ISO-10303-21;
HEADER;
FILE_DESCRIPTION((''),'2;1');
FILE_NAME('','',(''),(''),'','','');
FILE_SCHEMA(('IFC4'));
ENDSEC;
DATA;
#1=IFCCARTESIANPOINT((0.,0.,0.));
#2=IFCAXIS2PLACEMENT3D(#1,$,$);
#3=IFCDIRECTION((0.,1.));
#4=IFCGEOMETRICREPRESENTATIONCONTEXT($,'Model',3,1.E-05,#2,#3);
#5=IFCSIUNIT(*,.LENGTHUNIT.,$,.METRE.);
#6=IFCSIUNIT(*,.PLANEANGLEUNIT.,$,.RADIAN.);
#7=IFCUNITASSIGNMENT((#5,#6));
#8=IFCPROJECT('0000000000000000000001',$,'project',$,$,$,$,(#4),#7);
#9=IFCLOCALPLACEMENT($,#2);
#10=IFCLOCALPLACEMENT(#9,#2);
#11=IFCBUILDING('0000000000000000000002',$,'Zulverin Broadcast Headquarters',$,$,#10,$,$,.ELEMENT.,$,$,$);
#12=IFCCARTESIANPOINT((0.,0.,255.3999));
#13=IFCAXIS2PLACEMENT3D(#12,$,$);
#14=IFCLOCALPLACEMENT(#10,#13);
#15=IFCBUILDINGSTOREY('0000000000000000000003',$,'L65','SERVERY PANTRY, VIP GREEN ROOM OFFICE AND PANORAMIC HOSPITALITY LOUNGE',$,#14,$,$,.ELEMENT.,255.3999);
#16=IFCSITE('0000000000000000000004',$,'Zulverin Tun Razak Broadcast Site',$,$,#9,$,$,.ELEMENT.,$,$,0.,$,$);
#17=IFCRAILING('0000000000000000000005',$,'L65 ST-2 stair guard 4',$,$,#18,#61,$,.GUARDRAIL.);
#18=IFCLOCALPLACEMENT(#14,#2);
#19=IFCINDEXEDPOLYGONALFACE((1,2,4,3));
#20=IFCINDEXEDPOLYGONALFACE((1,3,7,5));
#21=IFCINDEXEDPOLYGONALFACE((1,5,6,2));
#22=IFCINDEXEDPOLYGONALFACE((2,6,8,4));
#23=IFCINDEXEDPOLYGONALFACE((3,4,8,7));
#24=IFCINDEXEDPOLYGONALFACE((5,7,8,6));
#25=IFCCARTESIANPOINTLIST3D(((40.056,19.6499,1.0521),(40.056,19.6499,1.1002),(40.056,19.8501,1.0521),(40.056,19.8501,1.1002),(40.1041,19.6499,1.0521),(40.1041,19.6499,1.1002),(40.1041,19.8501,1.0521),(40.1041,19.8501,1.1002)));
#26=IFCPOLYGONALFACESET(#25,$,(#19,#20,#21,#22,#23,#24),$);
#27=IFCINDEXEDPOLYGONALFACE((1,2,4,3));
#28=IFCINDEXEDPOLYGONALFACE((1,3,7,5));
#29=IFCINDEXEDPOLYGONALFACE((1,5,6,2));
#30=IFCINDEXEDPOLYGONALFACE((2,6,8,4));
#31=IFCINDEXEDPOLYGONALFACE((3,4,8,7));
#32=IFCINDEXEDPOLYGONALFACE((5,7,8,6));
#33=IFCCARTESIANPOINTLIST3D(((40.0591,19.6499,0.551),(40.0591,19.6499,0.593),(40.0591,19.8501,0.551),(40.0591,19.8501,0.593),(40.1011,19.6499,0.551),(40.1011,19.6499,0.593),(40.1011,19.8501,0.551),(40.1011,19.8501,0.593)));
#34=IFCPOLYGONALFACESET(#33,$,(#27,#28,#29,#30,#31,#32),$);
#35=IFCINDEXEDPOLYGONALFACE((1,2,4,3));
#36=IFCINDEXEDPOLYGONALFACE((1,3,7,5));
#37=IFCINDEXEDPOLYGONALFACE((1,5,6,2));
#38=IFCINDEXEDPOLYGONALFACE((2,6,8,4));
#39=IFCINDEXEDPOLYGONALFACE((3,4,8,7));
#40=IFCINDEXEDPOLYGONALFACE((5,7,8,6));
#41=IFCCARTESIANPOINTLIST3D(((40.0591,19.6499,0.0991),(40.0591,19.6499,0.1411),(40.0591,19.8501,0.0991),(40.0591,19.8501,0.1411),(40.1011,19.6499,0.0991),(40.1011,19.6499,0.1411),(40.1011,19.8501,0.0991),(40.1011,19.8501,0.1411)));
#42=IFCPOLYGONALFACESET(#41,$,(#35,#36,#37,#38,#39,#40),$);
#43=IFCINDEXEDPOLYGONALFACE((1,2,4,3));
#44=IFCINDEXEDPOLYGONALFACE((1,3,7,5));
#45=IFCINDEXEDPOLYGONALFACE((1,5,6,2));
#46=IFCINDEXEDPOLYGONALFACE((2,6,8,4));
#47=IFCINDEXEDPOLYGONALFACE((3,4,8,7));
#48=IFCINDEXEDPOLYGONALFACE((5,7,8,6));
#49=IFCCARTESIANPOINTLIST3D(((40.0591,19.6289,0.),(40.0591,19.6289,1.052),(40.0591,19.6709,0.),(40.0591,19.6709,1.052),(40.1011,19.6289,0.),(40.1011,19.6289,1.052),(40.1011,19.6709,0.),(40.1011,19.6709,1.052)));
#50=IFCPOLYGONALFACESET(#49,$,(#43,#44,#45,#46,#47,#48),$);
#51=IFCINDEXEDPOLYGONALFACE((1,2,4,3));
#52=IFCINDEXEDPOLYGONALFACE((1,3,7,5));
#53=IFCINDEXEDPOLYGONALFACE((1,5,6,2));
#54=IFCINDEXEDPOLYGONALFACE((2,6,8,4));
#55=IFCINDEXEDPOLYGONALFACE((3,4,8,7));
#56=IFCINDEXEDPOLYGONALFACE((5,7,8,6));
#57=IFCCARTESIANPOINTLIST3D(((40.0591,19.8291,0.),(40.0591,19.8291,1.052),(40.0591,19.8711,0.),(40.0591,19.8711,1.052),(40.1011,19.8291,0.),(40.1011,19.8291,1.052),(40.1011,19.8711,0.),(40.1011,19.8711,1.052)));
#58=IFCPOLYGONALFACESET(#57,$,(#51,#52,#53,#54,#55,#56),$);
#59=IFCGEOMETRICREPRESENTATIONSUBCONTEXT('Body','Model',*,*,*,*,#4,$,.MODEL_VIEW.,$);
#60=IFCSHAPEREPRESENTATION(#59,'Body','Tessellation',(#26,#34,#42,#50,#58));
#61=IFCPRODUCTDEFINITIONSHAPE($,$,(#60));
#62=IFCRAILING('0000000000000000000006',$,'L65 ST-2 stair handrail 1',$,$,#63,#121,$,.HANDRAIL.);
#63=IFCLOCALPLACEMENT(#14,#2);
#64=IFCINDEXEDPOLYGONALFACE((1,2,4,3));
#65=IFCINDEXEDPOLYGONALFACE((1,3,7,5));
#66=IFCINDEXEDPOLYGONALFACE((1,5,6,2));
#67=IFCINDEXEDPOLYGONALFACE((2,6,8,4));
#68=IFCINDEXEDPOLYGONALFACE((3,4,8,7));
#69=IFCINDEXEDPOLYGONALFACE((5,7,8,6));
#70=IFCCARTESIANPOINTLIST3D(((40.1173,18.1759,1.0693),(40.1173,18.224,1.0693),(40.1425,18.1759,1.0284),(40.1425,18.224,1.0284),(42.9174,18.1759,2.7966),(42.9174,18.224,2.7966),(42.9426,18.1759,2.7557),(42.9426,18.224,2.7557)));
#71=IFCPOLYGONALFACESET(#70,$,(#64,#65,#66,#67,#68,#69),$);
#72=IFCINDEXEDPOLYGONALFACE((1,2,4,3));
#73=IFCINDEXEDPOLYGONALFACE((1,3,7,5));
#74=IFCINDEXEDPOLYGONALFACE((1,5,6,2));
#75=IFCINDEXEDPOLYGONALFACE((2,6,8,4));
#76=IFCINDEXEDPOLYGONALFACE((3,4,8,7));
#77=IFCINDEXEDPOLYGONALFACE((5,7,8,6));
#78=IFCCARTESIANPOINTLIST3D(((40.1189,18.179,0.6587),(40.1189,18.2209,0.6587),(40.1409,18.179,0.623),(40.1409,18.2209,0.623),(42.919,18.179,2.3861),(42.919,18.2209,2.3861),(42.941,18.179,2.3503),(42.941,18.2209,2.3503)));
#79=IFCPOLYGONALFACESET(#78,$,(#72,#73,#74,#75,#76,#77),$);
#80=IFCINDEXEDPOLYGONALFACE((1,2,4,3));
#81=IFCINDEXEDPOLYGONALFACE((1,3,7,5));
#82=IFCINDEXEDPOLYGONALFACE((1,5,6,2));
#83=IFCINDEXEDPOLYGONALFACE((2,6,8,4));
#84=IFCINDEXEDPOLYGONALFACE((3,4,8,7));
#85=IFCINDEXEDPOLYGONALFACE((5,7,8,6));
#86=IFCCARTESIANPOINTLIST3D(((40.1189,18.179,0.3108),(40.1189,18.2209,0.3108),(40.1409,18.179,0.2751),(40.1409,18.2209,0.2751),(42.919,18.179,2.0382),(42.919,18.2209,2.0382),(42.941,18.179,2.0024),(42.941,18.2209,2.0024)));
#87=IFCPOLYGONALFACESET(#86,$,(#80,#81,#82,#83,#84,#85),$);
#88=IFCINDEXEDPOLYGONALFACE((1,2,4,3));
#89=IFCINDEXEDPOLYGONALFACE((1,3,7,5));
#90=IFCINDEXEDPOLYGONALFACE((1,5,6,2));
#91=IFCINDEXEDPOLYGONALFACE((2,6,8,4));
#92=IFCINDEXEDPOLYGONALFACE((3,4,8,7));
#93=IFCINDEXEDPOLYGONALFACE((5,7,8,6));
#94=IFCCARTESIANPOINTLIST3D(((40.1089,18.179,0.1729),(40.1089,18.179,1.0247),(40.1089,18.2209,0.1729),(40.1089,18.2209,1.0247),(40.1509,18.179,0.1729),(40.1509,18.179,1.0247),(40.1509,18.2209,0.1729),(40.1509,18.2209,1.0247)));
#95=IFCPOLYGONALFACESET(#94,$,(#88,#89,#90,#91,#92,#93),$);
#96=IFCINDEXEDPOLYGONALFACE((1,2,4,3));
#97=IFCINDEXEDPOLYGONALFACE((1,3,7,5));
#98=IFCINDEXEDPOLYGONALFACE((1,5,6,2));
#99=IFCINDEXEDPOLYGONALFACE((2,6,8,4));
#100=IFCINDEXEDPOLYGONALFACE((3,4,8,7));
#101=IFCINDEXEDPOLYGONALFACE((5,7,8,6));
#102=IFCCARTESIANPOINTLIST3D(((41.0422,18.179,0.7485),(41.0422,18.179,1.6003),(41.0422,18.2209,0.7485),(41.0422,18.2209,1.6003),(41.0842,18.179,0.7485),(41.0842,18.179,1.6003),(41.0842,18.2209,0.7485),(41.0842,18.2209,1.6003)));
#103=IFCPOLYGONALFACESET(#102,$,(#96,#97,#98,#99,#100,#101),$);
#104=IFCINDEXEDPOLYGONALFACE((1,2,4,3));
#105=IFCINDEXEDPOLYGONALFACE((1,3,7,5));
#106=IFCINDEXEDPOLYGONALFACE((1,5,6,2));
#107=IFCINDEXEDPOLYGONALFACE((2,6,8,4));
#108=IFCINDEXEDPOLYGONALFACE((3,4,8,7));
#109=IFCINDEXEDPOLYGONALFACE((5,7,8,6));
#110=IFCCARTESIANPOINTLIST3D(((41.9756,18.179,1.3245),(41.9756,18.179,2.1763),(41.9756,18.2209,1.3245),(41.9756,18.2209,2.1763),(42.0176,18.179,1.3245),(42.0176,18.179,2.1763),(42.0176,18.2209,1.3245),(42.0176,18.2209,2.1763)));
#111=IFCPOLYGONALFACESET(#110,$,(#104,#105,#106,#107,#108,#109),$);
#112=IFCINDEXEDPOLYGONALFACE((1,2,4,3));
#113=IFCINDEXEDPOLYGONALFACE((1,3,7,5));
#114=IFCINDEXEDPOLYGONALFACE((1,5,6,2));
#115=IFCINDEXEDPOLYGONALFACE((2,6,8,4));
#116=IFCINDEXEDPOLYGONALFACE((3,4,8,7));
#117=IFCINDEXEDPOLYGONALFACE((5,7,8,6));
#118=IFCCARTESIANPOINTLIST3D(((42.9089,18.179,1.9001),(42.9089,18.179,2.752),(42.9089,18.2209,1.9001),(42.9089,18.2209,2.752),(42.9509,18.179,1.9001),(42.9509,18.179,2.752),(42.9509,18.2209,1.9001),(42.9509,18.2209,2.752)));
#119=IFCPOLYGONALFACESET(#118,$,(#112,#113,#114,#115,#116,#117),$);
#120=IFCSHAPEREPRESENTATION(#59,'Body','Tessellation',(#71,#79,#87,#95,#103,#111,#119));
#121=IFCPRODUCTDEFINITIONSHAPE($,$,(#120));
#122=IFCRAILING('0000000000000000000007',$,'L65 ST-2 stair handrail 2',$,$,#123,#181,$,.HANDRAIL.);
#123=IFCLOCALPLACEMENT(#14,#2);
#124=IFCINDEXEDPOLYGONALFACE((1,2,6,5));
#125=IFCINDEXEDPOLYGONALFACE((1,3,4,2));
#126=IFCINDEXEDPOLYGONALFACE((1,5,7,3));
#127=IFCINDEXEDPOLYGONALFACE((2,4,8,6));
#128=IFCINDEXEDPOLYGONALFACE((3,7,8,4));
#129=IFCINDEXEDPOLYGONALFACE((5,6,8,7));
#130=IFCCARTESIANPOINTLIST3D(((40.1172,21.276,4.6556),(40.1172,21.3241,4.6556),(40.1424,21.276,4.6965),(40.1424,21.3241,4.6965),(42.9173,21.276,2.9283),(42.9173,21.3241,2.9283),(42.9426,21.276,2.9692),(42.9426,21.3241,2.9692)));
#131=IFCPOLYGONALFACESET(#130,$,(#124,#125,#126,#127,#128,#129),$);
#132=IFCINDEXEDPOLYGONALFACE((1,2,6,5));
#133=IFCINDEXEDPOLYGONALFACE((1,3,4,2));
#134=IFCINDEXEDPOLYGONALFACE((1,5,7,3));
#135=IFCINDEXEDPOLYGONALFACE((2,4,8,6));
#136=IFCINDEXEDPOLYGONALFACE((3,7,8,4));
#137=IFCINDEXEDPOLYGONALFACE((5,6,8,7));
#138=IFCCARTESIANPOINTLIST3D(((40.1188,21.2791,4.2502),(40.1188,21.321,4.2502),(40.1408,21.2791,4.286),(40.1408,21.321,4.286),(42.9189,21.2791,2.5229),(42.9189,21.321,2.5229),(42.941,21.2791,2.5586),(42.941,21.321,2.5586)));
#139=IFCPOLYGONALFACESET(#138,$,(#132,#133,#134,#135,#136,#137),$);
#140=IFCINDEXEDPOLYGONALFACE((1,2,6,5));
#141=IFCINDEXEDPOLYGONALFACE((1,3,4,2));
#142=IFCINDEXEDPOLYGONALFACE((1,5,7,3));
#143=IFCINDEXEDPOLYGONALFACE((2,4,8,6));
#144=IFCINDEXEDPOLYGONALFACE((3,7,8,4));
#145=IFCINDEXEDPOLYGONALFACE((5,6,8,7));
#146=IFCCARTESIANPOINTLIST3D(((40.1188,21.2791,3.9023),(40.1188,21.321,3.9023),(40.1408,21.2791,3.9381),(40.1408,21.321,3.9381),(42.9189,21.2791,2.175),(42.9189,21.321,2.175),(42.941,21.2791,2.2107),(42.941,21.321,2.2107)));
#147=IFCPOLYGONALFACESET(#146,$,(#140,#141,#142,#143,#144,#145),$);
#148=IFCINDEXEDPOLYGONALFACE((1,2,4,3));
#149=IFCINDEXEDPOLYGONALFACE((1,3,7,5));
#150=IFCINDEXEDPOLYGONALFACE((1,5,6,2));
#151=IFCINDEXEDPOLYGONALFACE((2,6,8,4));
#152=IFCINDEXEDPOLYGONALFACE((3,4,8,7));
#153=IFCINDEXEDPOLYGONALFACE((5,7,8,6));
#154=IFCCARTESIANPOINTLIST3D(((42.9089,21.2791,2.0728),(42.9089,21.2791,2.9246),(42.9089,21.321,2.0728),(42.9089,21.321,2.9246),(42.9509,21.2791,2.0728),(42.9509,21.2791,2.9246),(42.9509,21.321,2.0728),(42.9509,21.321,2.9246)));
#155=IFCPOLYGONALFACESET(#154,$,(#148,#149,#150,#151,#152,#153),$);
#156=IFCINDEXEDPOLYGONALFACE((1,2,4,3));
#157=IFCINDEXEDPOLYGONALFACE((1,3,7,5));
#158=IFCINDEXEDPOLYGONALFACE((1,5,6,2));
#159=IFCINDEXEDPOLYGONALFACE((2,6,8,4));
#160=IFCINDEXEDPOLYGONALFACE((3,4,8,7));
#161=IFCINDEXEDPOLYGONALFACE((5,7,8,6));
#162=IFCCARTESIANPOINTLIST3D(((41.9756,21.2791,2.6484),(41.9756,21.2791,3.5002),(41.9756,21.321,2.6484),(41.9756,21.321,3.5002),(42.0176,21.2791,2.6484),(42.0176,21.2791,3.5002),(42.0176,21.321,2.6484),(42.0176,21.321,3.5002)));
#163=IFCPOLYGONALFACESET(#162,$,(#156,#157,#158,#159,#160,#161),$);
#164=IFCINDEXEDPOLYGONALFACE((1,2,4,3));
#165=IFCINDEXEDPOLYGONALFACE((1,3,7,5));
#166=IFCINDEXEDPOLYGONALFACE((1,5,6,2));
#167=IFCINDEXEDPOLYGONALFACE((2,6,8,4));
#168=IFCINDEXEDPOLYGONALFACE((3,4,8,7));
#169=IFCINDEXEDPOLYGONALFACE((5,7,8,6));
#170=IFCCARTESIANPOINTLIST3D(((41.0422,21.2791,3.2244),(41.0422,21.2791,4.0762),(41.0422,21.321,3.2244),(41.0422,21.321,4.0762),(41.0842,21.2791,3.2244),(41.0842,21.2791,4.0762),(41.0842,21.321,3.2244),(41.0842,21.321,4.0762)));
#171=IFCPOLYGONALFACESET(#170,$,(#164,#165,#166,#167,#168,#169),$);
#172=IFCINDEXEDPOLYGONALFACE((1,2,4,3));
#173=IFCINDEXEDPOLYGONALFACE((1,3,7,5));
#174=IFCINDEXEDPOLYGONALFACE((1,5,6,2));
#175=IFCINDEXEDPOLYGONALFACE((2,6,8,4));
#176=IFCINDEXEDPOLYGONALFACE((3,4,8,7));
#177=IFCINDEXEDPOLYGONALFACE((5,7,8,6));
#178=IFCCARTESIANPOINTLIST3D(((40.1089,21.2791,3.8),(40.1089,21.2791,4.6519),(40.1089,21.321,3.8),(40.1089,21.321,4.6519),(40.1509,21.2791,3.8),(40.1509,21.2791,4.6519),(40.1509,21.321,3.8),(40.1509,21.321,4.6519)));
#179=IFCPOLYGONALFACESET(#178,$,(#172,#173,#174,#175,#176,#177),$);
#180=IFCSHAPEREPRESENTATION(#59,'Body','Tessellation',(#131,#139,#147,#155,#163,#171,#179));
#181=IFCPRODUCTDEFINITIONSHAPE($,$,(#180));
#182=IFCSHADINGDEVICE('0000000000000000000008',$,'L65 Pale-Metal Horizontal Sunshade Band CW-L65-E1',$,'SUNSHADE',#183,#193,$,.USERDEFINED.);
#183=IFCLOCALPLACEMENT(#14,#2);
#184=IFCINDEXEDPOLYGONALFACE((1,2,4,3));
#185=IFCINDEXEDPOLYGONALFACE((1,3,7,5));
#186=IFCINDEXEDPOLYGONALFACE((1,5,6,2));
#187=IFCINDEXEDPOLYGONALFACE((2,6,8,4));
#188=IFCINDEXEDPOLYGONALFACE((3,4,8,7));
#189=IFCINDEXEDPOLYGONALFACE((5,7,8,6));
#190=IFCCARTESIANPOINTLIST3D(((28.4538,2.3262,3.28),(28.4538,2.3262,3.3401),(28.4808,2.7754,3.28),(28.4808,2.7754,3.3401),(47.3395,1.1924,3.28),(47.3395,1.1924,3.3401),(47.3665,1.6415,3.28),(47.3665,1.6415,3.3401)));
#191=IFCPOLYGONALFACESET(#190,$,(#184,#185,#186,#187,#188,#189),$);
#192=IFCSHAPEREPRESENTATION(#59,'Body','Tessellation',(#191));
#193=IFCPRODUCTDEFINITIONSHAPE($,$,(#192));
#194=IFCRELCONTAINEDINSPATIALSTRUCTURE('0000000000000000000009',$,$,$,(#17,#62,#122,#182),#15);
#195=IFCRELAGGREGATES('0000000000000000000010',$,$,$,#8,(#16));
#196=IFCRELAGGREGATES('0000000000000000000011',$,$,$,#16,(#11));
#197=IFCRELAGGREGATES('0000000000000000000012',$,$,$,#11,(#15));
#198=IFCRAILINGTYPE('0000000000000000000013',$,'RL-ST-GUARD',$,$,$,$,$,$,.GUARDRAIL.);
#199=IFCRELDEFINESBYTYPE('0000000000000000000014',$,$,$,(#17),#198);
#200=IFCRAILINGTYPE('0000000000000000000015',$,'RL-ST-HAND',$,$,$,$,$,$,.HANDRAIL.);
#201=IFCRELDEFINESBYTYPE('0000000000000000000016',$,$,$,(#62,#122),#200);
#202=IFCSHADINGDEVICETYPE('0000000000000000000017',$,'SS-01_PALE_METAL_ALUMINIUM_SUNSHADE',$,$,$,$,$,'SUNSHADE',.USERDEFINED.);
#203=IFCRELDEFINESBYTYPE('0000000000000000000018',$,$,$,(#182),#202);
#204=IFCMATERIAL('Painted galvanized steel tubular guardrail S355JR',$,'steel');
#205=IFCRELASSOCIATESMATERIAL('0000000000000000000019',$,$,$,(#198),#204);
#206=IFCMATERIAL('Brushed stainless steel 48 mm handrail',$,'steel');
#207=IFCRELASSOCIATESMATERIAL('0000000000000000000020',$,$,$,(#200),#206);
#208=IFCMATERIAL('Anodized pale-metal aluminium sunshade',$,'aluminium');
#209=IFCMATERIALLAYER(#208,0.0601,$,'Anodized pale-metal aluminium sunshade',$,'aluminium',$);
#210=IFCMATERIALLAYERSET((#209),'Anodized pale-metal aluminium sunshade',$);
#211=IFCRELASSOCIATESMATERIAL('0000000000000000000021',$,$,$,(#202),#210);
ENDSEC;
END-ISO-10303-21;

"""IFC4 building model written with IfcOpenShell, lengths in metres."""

from ifc_helpers import new_model, si_unit, direction, frame, origin, origin_2d, place, context, subcontext, project, spatial, rectangle, extrude, material, layer, layer_set, type_object, element, save


model = new_model("IFC4")

# Units and contexts
model_context = context("Model", 3, precision=1e-05, world=origin(), true_north=direction((0.0, 1.0)))
body_context = subcontext(model_context, "Body", "Model", "MODEL_VIEW")
ifc_project = project(units=[si_unit("LENGTHUNIT", "METRE"), si_unit("PLANEANGLEUNIT", "RADIAN")], contexts=[model_context])

# Site, building, storey
site_placement = place(None, origin())
site = spatial("IfcSite", under=ifc_project, at=site_placement, Name="Zulverin Tun Razak Broadcast Site", CompositionType="ELEMENT", RefElevation=0.0)
building_placement = place(site_placement, origin())
building = spatial("IfcBuilding", under=site, at=building_placement, Name="Zulverin Broadcast Headquarters", CompositionType="ELEMENT")
storey_placement = place(building_placement, frame((0.0, 0.0, 255.3999)))
storey = spatial("IfcBuildingStorey", under=building, at=storey_placement, Name="L65", Description="SERVERY PANTRY, VIP GREEN ROOM OFFICE AND PANORAMIC HOSPITALITY LOUNGE", CompositionType="ELEMENT", Elevation=255.3999)

# Railings
ifc_material_1 = material(Name="Painted galvanized steel tubular guardrail S355JR", Category="steel")
railing_type_1 = type_object("IfcRailingType", Name="RL-ST-GUARD", PredefinedType="GUARDRAIL", material=ifc_material_1)
railing_1_placement = place(storey_placement, frame((40.0801, 19.6499, 0.0)))
element("IfcRailing", 1, at=railing_1_placement, inside=storey, type_object=railing_type_1, Name="L65 ST-2 stair guard 4", PredefinedType="GUARDRAIL", context=body_context, shape_type="SweptSolid", body=[
    extrude(rectangle(XDim=0.0481, YDim=0.0481, at=origin_2d()), frame((0.0, 0.0, 1.0762), z_axis=(0.0, 1.0, 0.0), x_axis=(-1.0, 0.0, 0.0)), (0.0, 0.0, 1.0), 0.2002),
    extrude(rectangle(XDim=0.042, YDim=0.042, at=origin_2d()), frame((0.0, 0.0, 0.572), z_axis=(0.0, 1.0, 0.0), x_axis=(-1.0, 0.0, 0.0)), (0.0, 0.0, 1.0), 0.2002),
    extrude(rectangle(XDim=0.042, YDim=0.042, at=origin_2d()), frame((0.0, 0.0, 0.1201), z_axis=(0.0, 1.0, 0.0), x_axis=(-1.0, 0.0, 0.0)), (0.0, 0.0, 1.0), 0.2002),
    extrude(rectangle(XDim=0.042, YDim=0.042, at=origin_2d()), origin(), (0.0, 0.0, 1.0), 1.052),
    extrude(rectangle(XDim=0.042, YDim=0.042, at=origin_2d()), frame((0.0, 0.2002, 0.0)), (0.0, 0.0, 1.0), 1.052),
])
ifc_material_2 = material(Name="Brushed stainless steel 48 mm handrail", Category="steel")
railing_type_2 = type_object("IfcRailingType", Name="RL-ST-HAND", PredefinedType="HANDRAIL", material=ifc_material_2)
railing_2_placement = place(storey_placement, frame((40.1299, 18.2, 0.1729)))
element("IfcRailing", 2, at=railing_2_placement, inside=storey, type_object=railing_type_2, Name="L65 ST-2 stair handrail 1", PredefinedType="HANDRAIL", context=body_context, shape_type="SweptSolid", body=[
    extrude(rectangle(XDim=0.0481, YDim=0.0481, at=origin_2d()), frame((0.0, 0.0, 0.876), z_axis=(0.85109, 0.0, 0.52502), x_axis=(0.0, 1.0, 0.0)), (0.0, 0.0, 1.0), 3.29),
    extrude(rectangle(XDim=0.042, YDim=0.042, at=origin_2d()), frame((0.0, 0.0, 0.468), z_axis=(0.85109, 0.0, 0.52502), x_axis=(0.0, 1.0, 0.0)), (0.0, 0.0, 1.0), 3.29),
    extrude(rectangle(XDim=0.042, YDim=0.042, at=origin_2d()), frame((0.0, 0.0, 0.1201), z_axis=(0.85109, 0.0, 0.52502), x_axis=(0.0, 1.0, 0.0)), (0.0, 0.0, 1.0), 3.29),
    extrude(rectangle(XDim=0.042, YDim=0.042, at=origin_2d()), origin(), (0.0, 0.0, 1.0), 0.8518),
    extrude(rectangle(XDim=0.042, YDim=0.042, at=origin_2d()), frame((0.9333, 0.0, 0.5757)), (0.0, 0.0, 1.0), 0.8518),
    extrude(rectangle(XDim=0.042, YDim=0.042, at=origin_2d()), frame((1.8667, 0.0, 1.1516)), (0.0, 0.0, 1.0), 0.8518),
    extrude(rectangle(XDim=0.042, YDim=0.042, at=origin_2d()), frame((2.8, 0.0, 1.7273)), (0.0, 0.0, 1.0), 0.8518),
])
railing_3_placement = place(storey_placement, frame((42.9299, 21.3, 2.0728)))
element("IfcRailing", 3, at=railing_3_placement, inside=storey, type_object=railing_type_2, Name="L65 ST-2 stair handrail 2", PredefinedType="HANDRAIL", context=body_context, shape_type="SweptSolid", body=[
    extrude(rectangle(XDim=0.0481, YDim=0.0481, at=origin_2d()), frame((0.0, 0.0, 0.876), z_axis=(-0.85109, 0.0, 0.52502), x_axis=(0.0, -1.0, 0.0)), (0.0, 0.0, 1.0), 3.29),
    extrude(rectangle(XDim=0.042, YDim=0.042, at=origin_2d()), frame((0.0, 0.0, 0.468), z_axis=(-0.85109, 0.0, 0.52502), x_axis=(0.0, -1.0, 0.0)), (0.0, 0.0, 1.0), 3.29),
    extrude(rectangle(XDim=0.042, YDim=0.042, at=origin_2d()), frame((0.0, 0.0, 0.1201), z_axis=(-0.85109, 0.0, 0.52502), x_axis=(0.0, -1.0, 0.0)), (0.0, 0.0, 1.0), 3.29),
    extrude(rectangle(XDim=0.042, YDim=0.042, at=origin_2d()), origin(), (0.0, 0.0, 1.0), 0.8518),
    extrude(rectangle(XDim=0.042, YDim=0.042, at=origin_2d()), frame((-0.9333, 0.0, 0.5757)), (0.0, 0.0, 1.0), 0.8518),
    extrude(rectangle(XDim=0.042, YDim=0.042, at=origin_2d()), frame((-1.8667, 0.0, 1.1516)), (0.0, 0.0, 1.0), 0.8518),
    extrude(rectangle(XDim=0.042, YDim=0.042, at=origin_2d()), frame((-2.8, 0.0, 1.7273)), (0.0, 0.0, 1.0), 0.8518),
])

# Shading device
ifc_material_3 = material(Name="Anodized pale-metal aluminium sunshade", Category="aluminium")
ifc_layer_1 = layer(ifc_material_3, 0.0601, Name="Anodized pale-metal aluminium sunshade", Category="aluminium")
ifc_layer_set_1 = layer_set([ifc_layer_1], Name="Anodized pale-metal aluminium sunshade")
shading_device_type = type_object("IfcShadingDeviceType", Name="SS-01_PALE_METAL_ALUMINIUM_SUNSHADE", ElementType="SUNSHADE", PredefinedType="USERDEFINED", material=ifc_layer_set_1)
shading_device_placement = place(storey_placement, frame((37.9102, 1.9839, 3.28), z_axis=(0.0, 0.0, 1.0), x_axis=(0.998203, -0.059928, 0.0)))
element("IfcShadingDevice", 4, at=shading_device_placement, inside=storey, type_object=shading_device_type, Name="L65 Pale-Metal Horizontal Sunshade Band CW-L65-E1", ObjectType="SUNSHADE", PredefinedType="USERDEFINED", context=body_context, shape_type="SweptSolid", body=[
    extrude(rectangle(XDim=18.9197, YDim=0.45, at=origin_2d()), origin(), (0.0, 0.0, 1.0), 0.0601),
])

save(model, "model.ifc")
